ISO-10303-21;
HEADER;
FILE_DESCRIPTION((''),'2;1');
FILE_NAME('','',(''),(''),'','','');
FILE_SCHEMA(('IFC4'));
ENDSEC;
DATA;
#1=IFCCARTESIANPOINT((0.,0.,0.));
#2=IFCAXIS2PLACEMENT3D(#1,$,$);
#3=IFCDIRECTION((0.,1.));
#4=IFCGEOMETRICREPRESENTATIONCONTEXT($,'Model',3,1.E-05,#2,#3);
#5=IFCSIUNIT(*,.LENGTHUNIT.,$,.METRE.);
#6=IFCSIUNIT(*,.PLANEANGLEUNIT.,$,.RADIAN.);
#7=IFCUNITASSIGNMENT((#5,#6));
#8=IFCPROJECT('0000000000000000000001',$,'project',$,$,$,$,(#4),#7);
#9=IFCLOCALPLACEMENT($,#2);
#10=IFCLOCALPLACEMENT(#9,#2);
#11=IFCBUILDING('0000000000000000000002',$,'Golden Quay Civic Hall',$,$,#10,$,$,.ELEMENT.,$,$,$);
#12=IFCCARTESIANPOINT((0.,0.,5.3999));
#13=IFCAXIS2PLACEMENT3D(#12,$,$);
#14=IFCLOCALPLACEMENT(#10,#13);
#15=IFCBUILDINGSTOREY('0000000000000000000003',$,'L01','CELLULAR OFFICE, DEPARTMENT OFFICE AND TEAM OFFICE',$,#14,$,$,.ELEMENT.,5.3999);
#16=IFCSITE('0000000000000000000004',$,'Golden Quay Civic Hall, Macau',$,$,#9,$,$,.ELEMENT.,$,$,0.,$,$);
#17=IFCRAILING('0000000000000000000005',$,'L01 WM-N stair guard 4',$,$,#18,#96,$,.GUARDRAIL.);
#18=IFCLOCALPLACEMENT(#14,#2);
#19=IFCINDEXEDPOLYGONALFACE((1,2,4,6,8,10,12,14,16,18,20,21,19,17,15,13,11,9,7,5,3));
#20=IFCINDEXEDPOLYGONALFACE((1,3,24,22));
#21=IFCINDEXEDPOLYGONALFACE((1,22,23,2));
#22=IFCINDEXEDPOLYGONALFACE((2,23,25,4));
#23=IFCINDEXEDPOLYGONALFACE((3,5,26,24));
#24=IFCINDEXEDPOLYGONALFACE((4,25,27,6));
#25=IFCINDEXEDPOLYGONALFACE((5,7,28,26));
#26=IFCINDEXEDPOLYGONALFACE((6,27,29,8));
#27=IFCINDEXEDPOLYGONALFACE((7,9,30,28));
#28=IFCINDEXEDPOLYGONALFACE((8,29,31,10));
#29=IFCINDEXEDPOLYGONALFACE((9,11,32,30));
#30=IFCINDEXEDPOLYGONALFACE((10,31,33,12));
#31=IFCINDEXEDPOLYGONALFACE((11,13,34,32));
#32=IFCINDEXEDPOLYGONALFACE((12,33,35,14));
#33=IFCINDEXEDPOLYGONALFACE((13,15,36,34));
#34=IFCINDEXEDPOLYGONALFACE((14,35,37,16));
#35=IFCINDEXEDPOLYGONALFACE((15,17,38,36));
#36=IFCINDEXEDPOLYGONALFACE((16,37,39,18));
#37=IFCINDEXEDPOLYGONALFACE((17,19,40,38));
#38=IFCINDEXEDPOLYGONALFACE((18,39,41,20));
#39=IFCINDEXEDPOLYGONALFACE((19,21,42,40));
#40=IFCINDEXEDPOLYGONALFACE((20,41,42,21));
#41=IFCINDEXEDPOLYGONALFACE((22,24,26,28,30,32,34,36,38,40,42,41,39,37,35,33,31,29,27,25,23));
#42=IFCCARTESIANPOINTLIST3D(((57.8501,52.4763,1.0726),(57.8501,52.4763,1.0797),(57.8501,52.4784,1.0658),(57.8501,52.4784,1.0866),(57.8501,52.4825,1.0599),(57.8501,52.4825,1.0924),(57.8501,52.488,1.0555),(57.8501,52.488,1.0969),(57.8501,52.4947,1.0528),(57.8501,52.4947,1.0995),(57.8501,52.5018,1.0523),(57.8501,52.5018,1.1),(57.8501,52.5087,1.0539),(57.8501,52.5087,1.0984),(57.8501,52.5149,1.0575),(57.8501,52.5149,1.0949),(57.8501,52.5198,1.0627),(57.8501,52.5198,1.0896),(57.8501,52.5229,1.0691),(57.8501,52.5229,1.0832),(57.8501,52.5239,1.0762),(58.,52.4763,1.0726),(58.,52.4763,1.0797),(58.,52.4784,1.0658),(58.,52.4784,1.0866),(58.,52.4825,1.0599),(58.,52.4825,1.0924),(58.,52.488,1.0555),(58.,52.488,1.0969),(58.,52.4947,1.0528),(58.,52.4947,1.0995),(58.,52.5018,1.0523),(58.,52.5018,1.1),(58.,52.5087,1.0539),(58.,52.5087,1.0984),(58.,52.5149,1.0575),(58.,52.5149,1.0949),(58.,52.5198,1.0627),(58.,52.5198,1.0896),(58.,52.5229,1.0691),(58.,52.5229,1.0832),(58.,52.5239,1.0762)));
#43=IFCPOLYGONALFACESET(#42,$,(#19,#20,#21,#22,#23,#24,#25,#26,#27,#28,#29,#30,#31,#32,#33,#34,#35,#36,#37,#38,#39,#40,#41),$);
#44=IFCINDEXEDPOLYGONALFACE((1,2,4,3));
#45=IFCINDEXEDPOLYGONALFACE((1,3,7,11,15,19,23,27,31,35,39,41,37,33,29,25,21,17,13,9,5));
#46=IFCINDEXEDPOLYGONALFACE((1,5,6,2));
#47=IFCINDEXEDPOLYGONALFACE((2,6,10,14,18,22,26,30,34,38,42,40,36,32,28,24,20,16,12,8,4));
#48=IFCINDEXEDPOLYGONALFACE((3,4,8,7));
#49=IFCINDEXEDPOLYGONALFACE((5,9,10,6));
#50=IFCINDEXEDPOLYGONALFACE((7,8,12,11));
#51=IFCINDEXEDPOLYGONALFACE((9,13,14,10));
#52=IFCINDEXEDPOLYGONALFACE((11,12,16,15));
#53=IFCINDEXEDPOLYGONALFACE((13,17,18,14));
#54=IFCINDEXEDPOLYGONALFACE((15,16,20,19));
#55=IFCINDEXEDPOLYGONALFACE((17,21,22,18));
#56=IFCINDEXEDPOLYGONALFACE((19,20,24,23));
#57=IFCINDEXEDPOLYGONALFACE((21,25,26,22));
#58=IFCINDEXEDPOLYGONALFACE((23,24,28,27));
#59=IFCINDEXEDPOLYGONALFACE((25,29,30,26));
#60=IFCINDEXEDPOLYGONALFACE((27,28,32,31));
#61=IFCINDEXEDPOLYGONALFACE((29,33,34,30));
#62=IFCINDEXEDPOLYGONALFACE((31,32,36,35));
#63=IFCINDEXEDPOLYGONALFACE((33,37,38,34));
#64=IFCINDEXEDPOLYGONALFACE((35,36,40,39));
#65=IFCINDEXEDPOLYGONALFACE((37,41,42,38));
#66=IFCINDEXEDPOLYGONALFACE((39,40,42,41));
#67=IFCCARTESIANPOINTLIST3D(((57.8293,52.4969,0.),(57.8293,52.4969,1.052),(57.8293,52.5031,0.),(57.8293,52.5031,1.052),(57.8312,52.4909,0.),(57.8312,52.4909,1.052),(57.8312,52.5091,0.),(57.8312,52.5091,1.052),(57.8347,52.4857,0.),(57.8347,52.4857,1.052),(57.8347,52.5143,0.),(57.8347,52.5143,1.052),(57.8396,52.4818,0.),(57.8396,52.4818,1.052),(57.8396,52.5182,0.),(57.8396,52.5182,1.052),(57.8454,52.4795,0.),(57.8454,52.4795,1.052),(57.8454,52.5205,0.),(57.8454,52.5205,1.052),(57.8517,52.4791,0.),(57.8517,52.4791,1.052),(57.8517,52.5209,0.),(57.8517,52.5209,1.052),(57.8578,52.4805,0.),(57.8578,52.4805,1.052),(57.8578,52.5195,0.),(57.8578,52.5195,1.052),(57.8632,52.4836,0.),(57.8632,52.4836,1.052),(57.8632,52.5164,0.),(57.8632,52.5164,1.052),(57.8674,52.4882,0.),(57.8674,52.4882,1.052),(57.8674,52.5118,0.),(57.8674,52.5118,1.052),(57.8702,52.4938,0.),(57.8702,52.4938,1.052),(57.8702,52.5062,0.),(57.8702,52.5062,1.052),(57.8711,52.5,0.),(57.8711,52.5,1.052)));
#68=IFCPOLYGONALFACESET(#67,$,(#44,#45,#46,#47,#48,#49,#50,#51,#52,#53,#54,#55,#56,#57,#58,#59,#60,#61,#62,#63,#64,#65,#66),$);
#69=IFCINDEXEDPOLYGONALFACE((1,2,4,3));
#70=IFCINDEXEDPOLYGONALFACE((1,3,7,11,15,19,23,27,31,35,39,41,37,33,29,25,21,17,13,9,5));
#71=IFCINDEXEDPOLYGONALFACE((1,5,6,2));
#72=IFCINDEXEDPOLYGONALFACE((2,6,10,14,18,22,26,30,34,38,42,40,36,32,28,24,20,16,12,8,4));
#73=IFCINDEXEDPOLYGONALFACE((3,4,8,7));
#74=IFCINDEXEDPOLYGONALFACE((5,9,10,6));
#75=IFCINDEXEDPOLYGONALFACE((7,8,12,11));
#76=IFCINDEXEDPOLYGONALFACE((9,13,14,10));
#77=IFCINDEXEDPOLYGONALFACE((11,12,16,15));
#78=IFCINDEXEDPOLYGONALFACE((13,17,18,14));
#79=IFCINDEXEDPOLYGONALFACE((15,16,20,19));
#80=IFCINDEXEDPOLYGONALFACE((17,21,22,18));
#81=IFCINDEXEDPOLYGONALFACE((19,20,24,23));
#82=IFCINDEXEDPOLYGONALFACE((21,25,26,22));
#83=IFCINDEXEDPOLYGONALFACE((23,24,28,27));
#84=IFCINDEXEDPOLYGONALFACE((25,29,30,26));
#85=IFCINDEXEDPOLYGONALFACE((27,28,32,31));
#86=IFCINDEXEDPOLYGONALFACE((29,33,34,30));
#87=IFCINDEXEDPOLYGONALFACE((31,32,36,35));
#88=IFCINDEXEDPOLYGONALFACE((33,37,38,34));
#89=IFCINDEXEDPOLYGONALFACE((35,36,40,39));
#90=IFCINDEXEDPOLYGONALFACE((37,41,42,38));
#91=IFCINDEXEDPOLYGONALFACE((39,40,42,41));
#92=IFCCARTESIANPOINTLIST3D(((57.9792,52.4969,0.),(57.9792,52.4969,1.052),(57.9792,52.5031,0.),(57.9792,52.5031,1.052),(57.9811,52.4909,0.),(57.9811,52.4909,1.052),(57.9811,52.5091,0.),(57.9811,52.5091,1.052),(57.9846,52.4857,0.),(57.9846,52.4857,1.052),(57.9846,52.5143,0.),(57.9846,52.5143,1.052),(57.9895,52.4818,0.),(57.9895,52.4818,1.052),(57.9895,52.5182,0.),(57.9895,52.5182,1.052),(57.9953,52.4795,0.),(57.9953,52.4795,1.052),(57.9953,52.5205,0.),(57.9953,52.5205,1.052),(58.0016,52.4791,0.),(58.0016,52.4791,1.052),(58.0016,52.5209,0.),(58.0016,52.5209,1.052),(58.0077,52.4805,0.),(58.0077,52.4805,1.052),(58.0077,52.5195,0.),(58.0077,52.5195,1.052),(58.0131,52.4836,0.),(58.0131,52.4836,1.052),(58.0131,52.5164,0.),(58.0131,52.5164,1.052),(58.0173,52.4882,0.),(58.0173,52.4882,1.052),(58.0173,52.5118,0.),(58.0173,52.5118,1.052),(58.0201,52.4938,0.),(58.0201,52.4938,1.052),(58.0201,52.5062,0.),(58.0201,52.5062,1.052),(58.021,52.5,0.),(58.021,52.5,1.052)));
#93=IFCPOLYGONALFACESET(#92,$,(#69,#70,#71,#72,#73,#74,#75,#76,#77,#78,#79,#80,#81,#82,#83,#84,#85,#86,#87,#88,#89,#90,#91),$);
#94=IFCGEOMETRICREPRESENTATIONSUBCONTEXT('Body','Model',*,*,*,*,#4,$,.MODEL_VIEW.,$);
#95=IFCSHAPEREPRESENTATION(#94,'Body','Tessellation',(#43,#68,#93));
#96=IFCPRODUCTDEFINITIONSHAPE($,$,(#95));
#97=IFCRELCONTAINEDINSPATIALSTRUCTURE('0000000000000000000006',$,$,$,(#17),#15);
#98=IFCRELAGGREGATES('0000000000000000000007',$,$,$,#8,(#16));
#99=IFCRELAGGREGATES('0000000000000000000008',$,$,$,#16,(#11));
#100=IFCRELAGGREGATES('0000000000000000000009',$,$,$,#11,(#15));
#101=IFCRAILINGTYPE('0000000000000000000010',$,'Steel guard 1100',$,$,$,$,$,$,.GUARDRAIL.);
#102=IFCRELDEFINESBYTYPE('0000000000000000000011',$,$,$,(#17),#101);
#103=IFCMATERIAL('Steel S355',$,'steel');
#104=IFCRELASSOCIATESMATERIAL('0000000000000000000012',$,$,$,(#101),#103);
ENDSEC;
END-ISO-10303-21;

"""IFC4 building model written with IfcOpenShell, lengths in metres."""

from ifc_helpers import new_model, si_unit, direction, frame, origin, origin_2d, place, context, subcontext, project, spatial, circle, extrude, material, type_object, element, save


model = new_model("IFC4")

# Units and contexts
model_context = context("Model", 3, precision=1e-05, world=origin(), true_north=direction((0.0, 1.0)))
body_context = subcontext(model_context, "Body", "Model", "MODEL_VIEW")
ifc_project = project(units=[si_unit("LENGTHUNIT", "METRE"), si_unit("PLANEANGLEUNIT", "RADIAN")], contexts=[model_context])

# Site, building, storey
site_placement = place(None, origin())
site = spatial("IfcSite", under=ifc_project, at=site_placement, Name="Golden Quay Civic Hall, Macau", CompositionType="ELEMENT", RefElevation=0.0)
building_placement = place(site_placement, origin())
building = spatial("IfcBuilding", under=site, at=building_placement, Name="Golden Quay Civic Hall", CompositionType="ELEMENT")
storey_placement = place(building_placement, frame((0.0, 0.0, 5.3999)))
storey = spatial("IfcBuildingStorey", under=building, at=storey_placement, Name="L01", Description="CELLULAR OFFICE, DEPARTMENT OFFICE AND TEAM OFFICE", CompositionType="ELEMENT", Elevation=5.3999)

# Railing
ifc_material_1 = material(Name="Steel S355", Category="steel")
railing_type_1 = type_object("IfcRailingType", Name="Steel guard 1100", PredefinedType="GUARDRAIL", material=ifc_material_1)
railing_1_placement = place(storey_placement, frame((57.8501, 52.5, 0.0)))
element("IfcRailing", 1, at=railing_1_placement, inside=storey, type_object=railing_type_1, Name="L01 WM-N stair guard 4", PredefinedType="GUARDRAIL", context=body_context, shape_type="SweptSolid", body=[
    extrude(circle(Radius=0.0239, at=origin_2d()), frame((0.0, 0.0, 1.0762), z_axis=(1.0, 0.0, 0.0), x_axis=(0.0, 1.0, 0.0)), (0.0, 0.0, 1.0), 0.1499),
    extrude(circle(Radius=0.021, at=origin_2d()), origin(), (0.0, 0.0, 1.0), 1.052),
    extrude(circle(Radius=0.021, at=origin_2d()), frame((0.1499, 0.0, 0.0)), (0.0, 0.0, 1.0), 1.052),
])

save(model, "model.ifc")
